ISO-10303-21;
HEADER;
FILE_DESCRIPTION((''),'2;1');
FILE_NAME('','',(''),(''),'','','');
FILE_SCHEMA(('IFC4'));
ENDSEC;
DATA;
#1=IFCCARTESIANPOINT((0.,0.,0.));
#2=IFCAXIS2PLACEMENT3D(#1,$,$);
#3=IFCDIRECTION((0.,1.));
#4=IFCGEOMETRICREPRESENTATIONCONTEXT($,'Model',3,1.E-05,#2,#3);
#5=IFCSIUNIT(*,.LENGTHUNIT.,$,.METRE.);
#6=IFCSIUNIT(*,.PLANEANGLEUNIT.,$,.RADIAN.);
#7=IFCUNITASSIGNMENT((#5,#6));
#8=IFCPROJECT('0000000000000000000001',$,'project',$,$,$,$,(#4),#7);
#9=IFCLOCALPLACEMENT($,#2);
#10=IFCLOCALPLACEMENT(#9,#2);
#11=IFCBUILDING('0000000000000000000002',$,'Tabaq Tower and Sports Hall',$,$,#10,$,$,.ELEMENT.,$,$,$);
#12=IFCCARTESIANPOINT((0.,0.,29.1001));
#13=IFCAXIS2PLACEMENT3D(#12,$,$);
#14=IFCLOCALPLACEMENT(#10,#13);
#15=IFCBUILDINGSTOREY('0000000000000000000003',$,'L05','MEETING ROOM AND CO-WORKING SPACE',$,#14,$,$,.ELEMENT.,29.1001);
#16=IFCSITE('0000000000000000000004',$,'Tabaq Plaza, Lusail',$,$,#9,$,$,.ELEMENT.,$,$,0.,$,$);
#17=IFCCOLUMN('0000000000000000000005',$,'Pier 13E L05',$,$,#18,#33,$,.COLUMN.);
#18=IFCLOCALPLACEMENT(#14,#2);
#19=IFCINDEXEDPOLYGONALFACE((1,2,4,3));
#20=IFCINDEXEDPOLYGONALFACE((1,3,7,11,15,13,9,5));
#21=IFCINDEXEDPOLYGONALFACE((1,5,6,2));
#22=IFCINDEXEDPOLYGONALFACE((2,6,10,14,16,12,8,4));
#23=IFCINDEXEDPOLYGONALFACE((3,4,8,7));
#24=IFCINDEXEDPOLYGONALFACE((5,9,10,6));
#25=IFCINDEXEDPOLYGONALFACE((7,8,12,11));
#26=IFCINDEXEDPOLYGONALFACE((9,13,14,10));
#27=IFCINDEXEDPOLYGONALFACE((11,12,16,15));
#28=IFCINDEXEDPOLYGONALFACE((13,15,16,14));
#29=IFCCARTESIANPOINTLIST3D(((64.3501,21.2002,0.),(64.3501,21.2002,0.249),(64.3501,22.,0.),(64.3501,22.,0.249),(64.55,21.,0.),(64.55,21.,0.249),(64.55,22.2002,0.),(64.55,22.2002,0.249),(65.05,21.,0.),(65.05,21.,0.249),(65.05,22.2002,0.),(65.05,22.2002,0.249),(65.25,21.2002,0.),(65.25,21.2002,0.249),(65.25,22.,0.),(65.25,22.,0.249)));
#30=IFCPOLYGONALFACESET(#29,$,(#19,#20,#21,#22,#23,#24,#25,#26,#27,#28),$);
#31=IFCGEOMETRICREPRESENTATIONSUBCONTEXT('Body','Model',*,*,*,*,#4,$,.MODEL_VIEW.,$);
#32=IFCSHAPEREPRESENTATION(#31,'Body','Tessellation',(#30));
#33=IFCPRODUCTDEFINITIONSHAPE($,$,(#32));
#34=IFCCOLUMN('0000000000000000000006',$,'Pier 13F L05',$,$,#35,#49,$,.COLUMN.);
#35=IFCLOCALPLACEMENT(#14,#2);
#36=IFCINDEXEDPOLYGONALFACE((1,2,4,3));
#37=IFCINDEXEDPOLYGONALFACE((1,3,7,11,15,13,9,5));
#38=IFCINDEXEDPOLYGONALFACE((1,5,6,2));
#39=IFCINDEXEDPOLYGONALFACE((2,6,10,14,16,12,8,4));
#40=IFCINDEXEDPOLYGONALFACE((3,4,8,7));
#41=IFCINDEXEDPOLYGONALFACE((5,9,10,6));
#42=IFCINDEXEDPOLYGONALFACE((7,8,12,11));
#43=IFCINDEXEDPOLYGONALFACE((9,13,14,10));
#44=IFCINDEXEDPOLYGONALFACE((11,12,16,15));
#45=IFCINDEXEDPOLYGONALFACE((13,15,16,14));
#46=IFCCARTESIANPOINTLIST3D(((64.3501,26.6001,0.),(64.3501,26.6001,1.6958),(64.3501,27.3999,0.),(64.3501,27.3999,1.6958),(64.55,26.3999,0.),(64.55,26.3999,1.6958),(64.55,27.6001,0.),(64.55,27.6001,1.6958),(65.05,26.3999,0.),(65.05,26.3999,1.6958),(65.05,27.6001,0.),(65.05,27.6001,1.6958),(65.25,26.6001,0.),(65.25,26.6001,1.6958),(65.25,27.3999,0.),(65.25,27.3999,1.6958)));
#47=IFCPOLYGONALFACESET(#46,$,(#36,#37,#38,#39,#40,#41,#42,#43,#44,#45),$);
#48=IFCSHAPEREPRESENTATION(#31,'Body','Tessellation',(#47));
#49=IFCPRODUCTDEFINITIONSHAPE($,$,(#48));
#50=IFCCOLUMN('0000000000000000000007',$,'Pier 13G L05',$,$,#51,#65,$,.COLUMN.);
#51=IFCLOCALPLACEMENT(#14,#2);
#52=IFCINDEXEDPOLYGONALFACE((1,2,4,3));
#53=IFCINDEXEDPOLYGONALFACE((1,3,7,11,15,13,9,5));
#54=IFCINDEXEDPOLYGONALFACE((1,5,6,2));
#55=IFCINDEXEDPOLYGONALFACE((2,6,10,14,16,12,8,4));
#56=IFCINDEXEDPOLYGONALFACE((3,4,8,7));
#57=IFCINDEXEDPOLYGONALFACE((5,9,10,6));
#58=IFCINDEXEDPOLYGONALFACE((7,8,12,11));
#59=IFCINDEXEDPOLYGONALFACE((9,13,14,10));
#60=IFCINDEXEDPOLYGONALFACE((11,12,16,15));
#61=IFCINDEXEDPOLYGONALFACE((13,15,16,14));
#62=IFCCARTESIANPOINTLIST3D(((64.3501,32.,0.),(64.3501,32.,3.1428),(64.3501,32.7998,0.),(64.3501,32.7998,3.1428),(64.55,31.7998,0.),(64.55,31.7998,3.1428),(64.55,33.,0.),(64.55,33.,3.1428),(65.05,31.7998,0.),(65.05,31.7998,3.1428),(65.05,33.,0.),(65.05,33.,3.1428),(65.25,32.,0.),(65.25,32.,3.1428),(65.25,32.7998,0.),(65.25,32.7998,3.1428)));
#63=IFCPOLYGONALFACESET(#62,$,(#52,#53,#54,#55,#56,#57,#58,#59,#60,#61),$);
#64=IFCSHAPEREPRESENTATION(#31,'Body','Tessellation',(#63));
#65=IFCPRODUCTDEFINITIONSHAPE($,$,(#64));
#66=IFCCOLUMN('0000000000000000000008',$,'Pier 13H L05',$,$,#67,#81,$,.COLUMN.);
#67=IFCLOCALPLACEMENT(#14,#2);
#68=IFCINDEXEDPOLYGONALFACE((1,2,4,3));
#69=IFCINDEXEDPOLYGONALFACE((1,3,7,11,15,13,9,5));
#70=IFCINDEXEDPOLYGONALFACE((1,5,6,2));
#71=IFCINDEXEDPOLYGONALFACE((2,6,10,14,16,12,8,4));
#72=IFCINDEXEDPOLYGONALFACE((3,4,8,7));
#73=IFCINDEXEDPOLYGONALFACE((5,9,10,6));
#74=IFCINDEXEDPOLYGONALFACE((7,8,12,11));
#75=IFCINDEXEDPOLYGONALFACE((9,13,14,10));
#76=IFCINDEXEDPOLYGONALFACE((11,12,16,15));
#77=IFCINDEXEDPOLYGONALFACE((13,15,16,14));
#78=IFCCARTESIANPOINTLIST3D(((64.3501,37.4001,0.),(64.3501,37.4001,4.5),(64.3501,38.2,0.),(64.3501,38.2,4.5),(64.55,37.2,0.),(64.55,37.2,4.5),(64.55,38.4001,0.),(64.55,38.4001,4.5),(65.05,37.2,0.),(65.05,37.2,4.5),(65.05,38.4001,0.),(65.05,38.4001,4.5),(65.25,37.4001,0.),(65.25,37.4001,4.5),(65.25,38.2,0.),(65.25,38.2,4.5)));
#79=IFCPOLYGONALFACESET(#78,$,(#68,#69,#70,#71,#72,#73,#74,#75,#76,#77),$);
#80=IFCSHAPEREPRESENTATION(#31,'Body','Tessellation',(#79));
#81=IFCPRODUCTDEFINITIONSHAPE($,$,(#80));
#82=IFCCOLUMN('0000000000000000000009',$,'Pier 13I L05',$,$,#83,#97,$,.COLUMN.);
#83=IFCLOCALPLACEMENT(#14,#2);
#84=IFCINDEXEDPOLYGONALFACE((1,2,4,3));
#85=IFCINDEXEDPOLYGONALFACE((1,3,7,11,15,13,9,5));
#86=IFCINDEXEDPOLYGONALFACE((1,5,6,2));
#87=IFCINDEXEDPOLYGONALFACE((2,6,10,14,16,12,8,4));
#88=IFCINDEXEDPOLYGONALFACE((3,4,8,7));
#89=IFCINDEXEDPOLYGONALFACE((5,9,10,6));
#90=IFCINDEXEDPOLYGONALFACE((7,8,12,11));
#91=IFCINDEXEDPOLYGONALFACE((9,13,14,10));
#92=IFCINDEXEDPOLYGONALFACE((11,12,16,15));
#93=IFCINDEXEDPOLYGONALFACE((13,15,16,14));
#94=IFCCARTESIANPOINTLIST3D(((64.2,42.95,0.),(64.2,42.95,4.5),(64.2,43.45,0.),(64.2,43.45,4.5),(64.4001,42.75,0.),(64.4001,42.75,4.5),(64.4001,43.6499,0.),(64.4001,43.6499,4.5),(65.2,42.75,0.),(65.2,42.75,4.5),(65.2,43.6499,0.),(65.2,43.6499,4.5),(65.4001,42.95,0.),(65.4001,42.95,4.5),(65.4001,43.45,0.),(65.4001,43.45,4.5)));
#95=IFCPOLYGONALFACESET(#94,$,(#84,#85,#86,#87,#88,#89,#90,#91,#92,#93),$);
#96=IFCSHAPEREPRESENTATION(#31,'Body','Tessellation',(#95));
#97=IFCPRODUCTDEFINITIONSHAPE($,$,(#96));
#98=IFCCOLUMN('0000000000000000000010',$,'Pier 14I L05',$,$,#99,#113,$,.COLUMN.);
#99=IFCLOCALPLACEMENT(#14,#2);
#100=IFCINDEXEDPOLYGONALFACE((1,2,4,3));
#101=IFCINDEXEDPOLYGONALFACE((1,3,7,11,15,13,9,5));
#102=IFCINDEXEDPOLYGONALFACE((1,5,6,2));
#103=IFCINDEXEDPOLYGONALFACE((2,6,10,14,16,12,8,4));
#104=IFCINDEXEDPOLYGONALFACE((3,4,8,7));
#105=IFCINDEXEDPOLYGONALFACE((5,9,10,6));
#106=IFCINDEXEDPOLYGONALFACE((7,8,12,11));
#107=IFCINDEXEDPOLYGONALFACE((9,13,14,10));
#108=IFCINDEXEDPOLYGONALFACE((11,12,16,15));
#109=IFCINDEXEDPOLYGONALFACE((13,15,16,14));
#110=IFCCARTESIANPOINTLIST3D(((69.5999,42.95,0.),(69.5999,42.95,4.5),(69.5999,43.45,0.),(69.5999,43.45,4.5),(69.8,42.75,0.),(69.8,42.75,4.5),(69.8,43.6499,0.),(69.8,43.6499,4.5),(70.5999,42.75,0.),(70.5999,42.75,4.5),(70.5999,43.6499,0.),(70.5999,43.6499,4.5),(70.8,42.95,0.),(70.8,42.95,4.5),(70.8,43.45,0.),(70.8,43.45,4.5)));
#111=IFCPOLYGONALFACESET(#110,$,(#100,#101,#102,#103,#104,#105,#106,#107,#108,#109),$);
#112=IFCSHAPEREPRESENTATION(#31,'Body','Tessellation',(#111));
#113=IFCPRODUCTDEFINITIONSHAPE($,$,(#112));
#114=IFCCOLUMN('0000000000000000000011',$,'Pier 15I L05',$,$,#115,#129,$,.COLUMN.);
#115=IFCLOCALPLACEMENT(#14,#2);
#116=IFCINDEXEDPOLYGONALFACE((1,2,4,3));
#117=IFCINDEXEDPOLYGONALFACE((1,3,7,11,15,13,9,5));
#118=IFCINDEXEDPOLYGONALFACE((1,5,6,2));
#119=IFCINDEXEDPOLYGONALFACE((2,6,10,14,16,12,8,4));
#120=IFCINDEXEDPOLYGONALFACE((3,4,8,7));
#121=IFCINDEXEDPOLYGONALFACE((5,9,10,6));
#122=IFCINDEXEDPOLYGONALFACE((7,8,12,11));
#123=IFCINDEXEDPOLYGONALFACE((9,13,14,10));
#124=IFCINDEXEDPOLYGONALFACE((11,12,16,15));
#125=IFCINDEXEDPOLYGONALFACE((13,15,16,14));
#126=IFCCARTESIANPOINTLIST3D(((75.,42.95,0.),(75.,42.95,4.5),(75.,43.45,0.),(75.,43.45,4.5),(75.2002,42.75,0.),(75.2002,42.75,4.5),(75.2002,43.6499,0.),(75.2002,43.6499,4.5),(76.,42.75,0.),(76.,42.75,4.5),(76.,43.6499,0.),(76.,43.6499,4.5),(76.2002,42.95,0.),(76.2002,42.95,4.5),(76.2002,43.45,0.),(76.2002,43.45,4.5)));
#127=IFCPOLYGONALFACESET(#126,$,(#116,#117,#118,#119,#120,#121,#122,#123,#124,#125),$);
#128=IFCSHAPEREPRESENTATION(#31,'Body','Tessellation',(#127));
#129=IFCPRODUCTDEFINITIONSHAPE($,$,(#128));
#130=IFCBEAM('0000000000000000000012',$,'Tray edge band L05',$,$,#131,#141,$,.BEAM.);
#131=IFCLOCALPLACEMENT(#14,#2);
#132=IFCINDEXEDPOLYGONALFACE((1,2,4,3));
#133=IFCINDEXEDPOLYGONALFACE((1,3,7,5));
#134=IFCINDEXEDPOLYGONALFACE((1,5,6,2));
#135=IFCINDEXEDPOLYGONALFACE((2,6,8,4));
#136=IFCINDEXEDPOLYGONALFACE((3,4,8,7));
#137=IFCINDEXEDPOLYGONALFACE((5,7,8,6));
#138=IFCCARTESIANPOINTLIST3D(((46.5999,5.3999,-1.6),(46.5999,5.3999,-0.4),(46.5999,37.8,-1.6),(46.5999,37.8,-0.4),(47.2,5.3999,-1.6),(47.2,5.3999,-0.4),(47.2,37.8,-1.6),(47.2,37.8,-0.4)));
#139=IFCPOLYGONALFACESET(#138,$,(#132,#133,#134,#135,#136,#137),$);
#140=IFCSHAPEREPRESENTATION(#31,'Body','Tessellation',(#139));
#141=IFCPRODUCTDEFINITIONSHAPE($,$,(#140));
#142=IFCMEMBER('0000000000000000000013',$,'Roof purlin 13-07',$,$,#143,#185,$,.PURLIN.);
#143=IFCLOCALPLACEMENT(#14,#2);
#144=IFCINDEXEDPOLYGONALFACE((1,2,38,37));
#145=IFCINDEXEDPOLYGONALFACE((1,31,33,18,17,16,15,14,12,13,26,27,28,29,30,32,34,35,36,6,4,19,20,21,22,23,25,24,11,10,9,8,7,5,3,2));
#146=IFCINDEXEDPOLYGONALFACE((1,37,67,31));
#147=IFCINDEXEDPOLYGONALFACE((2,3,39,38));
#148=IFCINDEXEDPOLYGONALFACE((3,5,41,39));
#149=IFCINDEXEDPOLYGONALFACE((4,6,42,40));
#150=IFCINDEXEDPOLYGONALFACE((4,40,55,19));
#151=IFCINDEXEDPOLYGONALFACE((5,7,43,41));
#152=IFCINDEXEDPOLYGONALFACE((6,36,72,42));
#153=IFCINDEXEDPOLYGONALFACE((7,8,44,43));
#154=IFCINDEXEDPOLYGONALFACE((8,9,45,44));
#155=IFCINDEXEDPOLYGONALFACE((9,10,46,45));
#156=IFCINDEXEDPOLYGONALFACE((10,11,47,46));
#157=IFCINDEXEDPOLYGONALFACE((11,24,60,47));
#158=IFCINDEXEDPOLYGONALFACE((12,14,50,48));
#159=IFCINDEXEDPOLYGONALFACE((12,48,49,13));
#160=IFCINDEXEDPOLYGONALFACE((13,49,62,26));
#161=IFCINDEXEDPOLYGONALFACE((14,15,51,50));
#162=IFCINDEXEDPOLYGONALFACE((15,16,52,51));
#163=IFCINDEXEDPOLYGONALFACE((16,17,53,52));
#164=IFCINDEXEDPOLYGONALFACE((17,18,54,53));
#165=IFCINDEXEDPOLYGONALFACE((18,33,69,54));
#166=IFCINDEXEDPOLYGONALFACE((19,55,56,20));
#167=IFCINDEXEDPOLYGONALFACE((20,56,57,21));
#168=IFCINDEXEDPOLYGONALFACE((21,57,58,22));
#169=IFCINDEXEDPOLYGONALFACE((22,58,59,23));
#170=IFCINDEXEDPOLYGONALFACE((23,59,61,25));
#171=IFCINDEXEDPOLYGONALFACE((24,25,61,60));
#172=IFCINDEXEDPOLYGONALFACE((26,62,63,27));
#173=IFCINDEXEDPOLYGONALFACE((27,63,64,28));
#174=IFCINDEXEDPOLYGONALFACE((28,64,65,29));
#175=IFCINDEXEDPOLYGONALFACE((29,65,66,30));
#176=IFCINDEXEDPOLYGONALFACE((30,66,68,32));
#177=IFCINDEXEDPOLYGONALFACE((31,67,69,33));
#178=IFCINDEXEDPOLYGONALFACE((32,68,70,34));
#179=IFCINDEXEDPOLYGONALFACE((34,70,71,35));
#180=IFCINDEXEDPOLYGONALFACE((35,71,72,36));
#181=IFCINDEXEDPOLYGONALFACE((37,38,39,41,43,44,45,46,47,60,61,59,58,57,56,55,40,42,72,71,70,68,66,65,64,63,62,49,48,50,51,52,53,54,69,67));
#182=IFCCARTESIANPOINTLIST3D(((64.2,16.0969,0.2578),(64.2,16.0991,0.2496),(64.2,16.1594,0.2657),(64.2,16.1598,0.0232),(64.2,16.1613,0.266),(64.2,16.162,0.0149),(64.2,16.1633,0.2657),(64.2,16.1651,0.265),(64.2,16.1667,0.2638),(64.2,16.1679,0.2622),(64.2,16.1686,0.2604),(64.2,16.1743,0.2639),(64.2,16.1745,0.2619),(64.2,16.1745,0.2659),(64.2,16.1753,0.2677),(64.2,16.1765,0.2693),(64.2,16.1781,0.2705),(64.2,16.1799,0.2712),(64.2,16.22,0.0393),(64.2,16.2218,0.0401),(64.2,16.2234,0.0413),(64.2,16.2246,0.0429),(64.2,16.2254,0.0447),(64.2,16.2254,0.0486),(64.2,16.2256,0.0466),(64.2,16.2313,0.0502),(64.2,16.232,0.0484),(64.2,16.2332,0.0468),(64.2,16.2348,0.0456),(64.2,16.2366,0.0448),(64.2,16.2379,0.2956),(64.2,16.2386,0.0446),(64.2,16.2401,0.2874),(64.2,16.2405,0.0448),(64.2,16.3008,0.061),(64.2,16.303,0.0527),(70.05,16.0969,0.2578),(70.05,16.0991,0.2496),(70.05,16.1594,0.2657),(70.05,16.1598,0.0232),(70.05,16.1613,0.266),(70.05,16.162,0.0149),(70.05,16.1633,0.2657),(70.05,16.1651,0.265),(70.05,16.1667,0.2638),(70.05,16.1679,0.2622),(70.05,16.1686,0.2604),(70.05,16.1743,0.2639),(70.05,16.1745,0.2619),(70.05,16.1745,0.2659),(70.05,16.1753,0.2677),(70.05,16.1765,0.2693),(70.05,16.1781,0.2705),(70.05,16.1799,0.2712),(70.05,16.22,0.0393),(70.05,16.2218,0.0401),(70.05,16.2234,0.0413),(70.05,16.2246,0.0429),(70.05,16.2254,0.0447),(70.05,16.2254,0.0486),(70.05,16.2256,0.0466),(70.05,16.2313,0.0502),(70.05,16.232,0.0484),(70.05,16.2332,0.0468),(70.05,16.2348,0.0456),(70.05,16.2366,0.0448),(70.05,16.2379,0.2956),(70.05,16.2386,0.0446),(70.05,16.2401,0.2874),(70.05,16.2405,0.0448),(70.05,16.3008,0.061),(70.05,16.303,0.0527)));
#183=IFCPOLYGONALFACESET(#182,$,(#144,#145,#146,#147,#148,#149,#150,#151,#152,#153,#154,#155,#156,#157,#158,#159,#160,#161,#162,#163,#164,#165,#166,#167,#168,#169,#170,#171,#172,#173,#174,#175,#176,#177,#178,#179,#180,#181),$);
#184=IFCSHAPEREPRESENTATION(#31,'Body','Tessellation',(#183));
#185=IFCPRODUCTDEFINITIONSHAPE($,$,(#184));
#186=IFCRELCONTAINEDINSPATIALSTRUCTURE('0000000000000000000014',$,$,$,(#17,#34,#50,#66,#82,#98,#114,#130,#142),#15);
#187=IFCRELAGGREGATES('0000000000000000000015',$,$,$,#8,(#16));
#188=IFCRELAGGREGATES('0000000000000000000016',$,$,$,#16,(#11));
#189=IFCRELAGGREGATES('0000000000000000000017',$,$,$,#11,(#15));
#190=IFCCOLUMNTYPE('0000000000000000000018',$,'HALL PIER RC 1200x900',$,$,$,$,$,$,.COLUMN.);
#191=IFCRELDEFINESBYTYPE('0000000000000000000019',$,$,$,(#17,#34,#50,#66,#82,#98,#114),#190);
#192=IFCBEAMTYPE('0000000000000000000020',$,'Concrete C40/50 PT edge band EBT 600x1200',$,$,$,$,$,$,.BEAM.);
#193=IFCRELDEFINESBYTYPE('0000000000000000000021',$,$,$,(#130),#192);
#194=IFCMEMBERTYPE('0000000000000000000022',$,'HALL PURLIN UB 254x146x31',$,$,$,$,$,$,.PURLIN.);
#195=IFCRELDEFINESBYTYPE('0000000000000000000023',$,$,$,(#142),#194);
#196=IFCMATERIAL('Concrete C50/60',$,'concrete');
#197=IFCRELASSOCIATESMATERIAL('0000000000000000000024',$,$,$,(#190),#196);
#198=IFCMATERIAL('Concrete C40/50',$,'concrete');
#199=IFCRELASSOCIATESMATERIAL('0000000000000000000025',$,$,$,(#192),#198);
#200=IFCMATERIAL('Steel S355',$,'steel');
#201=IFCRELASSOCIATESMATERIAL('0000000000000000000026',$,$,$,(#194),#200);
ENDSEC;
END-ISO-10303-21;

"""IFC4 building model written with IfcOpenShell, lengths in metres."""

from ifc_helpers import new_model, si_unit, direction, frame, origin, origin_2d, place, context, subcontext, project, spatial, polyline, rectangle, i_section, outline, extrude, material, material_profile, profile_set, type_object, element, save


model = new_model("IFC4")

# Units and contexts
model_context = context("Model", 3, precision=1e-05, world=origin(), true_north=direction((0.0, 1.0)))
body_context = subcontext(model_context, "Body", "Model", "MODEL_VIEW")
ifc_project = project(units=[si_unit("LENGTHUNIT", "METRE"), si_unit("PLANEANGLEUNIT", "RADIAN")], contexts=[model_context])

# Site, building, storey
site_placement = place(None, origin())
site = spatial("IfcSite", under=ifc_project, at=site_placement, Name="Tabaq Plaza, Lusail", CompositionType="ELEMENT", RefElevation=0.0)
building_placement = place(site_placement, origin())
building = spatial("IfcBuilding", under=site, at=building_placement, Name="Tabaq Tower and Sports Hall", CompositionType="ELEMENT")
storey_placement = place(building_placement, frame((0.0, 0.0, 29.1001)))
storey = spatial("IfcBuildingStorey", under=building, at=storey_placement, Name="L05", Description="MEETING ROOM AND CO-WORKING SPACE", CompositionType="ELEMENT", Elevation=29.1001)

# Columns
ifc_material_1 = material(Name="Concrete C50/60", Category="concrete")
ifc_material_profile_1 = material_profile(ifc_material_1, outline(polyline([(-0.3999, -0.45), (0.3999, -0.45), (0.6001, -0.25), (0.6001, 0.25), (0.3999, 0.45), (-0.3999, 0.45), (-0.6001, 0.25), (-0.6001, -0.25), (-0.3999, -0.45)])), Name="PIER 1200x900")
ifc_profile_set_1 = profile_set([ifc_material_profile_1], Name="Concrete C50/60")
column_type = type_object("IfcColumnType", Name="HALL PIER RC 1200x900", PredefinedType="COLUMN", material=ifc_profile_set_1)
column_1_placement = place(storey_placement, frame((64.8, 21.6001, 0.0), z_axis=(0.0, 0.0, 1.0), x_axis=(0.0, 1.0, 0.0)))
element("IfcColumn", 1, at=column_1_placement, inside=storey, type_object=column_type, Name="Pier 13E L05", PredefinedType="COLUMN", context=body_context, shape_type="SweptSolid", body=[
    extrude(outline(polyline([(-0.3999, -0.45), (0.3999, -0.45), (0.6001, -0.25), (0.6001, 0.25), (0.3999, 0.45), (-0.3999, 0.45), (-0.6001, 0.25), (-0.6001, -0.25), (-0.3999, -0.45)])), origin(), (0.0, 0.0, 1.0), 0.249),
])
column_2_placement = place(storey_placement, frame((64.8, 27.0, 0.0), z_axis=(0.0, 0.0, 1.0), x_axis=(0.0, 1.0, 0.0)))
element("IfcColumn", 2, at=column_2_placement, inside=storey, type_object=column_type, Name="Pier 13F L05", PredefinedType="COLUMN", context=body_context, shape_type="SweptSolid", body=[
    extrude(outline(polyline([(-0.3999, -0.45), (0.3999, -0.45), (0.6001, -0.25), (0.6001, 0.25), (0.3999, 0.45), (-0.3999, 0.45), (-0.6001, 0.25), (-0.6001, -0.25), (-0.3999, -0.45)])), origin(), (0.0, 0.0, 1.0), 1.6958),
])
column_3_placement = place(storey_placement, frame((64.8, 32.3999, 0.0), z_axis=(0.0, 0.0, 1.0), x_axis=(0.0, 1.0, 0.0)))
element("IfcColumn", 3, at=column_3_placement, inside=storey, type_object=column_type, Name="Pier 13G L05", PredefinedType="COLUMN", context=body_context, shape_type="SweptSolid", body=[
    extrude(outline(polyline([(-0.3999, -0.45), (0.3999, -0.45), (0.6001, -0.25), (0.6001, 0.25), (0.3999, 0.45), (-0.3999, 0.45), (-0.6001, 0.25), (-0.6001, -0.25), (-0.3999, -0.45)])), origin(), (0.0, 0.0, 1.0), 3.1428),
])
for number, where, z_axis, x_axis, name in (
    (4, (64.8, 37.8, 0.0), (0.0, 0.0, 1.0), (0.0, 1.0, 0.0), "Pier 13H L05"),
    (5, (64.8, 43.2, 0.0), (0.0, 0.0, 1.0), (1.0, 0.0, 0.0), "Pier 13I L05"),
    (6, (70.2, 43.2, 0.0), (0.0, 0.0, 1.0), (1.0, 0.0, 0.0), "Pier 14I L05"),
    (7, (75.6001, 43.2, 0.0), (0.0, 0.0, 1.0), (1.0, 0.0, 0.0), "Pier 15I L05"),
):
    element("IfcColumn", number, at=place(storey_placement, frame(where, z_axis=z_axis, x_axis=x_axis)), inside=storey, type_object=column_type, Name=name, PredefinedType="COLUMN", context=body_context, shape_type="SweptSolid", body=[
        extrude(outline(polyline([(-0.3999, -0.45), (0.3999, -0.45), (0.6001, -0.25), (0.6001, 0.25), (0.3999, 0.45), (-0.3999, 0.45), (-0.6001, 0.25), (-0.6001, -0.25), (-0.3999, -0.45)])), origin(), (0.0, 0.0, 1.0), 4.5),
    ])

# Beam
ifc_material_2 = material(Name="Concrete C40/50", Category="concrete")
ifc_material_profile_2 = material_profile(ifc_material_2, rectangle(XDim=0.6001, YDim=1.2, at=origin_2d()), Name="EBT 600x1200")
ifc_profile_set_2 = profile_set([ifc_material_profile_2], Name="Concrete C40/50")
beam_type_1 = type_object("IfcBeamType", Name="Concrete C40/50 PT edge band EBT 600x1200", PredefinedType="BEAM", material=ifc_profile_set_2)
beam_placement = place(storey_placement, frame((46.8999, 5.3999, -1.0), z_axis=(0.0, 1.0, 0.0), x_axis=(-1.0, 0.0, 0.0)))
element("IfcBeam", 8, at=beam_placement, inside=storey, type_object=beam_type_1, Name="Tray edge band L05", PredefinedType="BEAM", context=body_context, shape_type="SweptSolid", body=[
    extrude(rectangle(XDim=0.6001, YDim=1.2, at=origin_2d()), origin(), (0.0, 0.0, 1.0), 32.4001),
])

# Member
ifc_material_3 = material(Name="Steel S355", Category="steel")
ifc_material_profile_3 = material_profile(ifc_material_3, i_section(OverallWidth=0.146, OverallDepth=0.2515, WebThickness=0.0061, FlangeThickness=0.0085, FilletRadius=0.0076, at=origin_2d()), Name="UB 254x146x31")
ifc_profile_set_3 = profile_set([ifc_material_profile_3], Name="Steel S355")
member_type_1 = type_object("IfcMemberType", Name="HALL PURLIN UB 254x146x31", PredefinedType="PURLIN", material=ifc_profile_set_3)
for number, where, z_axis, x_axis, name in (
    (9, (64.2, 16.2, 0.1553), (1.0, 0.0, 0.0), (0.0, 0.965926, 0.258819), "Roof purlin 13-07"),
):
    element("IfcMember", number, at=place(storey_placement, frame(where, z_axis=z_axis, x_axis=x_axis)), inside=storey, type_object=member_type_1, Name=name, PredefinedType="PURLIN", context=body_context, shape_type="SweptSolid", body=[
        extrude(i_section(OverallWidth=0.146, OverallDepth=0.2515, WebThickness=0.0061, FlangeThickness=0.0085, FilletRadius=0.0076, at=origin_2d()), origin(), (0.0, 0.0, 1.0), 5.8501),
    ])

save(model, "model.ifc")
